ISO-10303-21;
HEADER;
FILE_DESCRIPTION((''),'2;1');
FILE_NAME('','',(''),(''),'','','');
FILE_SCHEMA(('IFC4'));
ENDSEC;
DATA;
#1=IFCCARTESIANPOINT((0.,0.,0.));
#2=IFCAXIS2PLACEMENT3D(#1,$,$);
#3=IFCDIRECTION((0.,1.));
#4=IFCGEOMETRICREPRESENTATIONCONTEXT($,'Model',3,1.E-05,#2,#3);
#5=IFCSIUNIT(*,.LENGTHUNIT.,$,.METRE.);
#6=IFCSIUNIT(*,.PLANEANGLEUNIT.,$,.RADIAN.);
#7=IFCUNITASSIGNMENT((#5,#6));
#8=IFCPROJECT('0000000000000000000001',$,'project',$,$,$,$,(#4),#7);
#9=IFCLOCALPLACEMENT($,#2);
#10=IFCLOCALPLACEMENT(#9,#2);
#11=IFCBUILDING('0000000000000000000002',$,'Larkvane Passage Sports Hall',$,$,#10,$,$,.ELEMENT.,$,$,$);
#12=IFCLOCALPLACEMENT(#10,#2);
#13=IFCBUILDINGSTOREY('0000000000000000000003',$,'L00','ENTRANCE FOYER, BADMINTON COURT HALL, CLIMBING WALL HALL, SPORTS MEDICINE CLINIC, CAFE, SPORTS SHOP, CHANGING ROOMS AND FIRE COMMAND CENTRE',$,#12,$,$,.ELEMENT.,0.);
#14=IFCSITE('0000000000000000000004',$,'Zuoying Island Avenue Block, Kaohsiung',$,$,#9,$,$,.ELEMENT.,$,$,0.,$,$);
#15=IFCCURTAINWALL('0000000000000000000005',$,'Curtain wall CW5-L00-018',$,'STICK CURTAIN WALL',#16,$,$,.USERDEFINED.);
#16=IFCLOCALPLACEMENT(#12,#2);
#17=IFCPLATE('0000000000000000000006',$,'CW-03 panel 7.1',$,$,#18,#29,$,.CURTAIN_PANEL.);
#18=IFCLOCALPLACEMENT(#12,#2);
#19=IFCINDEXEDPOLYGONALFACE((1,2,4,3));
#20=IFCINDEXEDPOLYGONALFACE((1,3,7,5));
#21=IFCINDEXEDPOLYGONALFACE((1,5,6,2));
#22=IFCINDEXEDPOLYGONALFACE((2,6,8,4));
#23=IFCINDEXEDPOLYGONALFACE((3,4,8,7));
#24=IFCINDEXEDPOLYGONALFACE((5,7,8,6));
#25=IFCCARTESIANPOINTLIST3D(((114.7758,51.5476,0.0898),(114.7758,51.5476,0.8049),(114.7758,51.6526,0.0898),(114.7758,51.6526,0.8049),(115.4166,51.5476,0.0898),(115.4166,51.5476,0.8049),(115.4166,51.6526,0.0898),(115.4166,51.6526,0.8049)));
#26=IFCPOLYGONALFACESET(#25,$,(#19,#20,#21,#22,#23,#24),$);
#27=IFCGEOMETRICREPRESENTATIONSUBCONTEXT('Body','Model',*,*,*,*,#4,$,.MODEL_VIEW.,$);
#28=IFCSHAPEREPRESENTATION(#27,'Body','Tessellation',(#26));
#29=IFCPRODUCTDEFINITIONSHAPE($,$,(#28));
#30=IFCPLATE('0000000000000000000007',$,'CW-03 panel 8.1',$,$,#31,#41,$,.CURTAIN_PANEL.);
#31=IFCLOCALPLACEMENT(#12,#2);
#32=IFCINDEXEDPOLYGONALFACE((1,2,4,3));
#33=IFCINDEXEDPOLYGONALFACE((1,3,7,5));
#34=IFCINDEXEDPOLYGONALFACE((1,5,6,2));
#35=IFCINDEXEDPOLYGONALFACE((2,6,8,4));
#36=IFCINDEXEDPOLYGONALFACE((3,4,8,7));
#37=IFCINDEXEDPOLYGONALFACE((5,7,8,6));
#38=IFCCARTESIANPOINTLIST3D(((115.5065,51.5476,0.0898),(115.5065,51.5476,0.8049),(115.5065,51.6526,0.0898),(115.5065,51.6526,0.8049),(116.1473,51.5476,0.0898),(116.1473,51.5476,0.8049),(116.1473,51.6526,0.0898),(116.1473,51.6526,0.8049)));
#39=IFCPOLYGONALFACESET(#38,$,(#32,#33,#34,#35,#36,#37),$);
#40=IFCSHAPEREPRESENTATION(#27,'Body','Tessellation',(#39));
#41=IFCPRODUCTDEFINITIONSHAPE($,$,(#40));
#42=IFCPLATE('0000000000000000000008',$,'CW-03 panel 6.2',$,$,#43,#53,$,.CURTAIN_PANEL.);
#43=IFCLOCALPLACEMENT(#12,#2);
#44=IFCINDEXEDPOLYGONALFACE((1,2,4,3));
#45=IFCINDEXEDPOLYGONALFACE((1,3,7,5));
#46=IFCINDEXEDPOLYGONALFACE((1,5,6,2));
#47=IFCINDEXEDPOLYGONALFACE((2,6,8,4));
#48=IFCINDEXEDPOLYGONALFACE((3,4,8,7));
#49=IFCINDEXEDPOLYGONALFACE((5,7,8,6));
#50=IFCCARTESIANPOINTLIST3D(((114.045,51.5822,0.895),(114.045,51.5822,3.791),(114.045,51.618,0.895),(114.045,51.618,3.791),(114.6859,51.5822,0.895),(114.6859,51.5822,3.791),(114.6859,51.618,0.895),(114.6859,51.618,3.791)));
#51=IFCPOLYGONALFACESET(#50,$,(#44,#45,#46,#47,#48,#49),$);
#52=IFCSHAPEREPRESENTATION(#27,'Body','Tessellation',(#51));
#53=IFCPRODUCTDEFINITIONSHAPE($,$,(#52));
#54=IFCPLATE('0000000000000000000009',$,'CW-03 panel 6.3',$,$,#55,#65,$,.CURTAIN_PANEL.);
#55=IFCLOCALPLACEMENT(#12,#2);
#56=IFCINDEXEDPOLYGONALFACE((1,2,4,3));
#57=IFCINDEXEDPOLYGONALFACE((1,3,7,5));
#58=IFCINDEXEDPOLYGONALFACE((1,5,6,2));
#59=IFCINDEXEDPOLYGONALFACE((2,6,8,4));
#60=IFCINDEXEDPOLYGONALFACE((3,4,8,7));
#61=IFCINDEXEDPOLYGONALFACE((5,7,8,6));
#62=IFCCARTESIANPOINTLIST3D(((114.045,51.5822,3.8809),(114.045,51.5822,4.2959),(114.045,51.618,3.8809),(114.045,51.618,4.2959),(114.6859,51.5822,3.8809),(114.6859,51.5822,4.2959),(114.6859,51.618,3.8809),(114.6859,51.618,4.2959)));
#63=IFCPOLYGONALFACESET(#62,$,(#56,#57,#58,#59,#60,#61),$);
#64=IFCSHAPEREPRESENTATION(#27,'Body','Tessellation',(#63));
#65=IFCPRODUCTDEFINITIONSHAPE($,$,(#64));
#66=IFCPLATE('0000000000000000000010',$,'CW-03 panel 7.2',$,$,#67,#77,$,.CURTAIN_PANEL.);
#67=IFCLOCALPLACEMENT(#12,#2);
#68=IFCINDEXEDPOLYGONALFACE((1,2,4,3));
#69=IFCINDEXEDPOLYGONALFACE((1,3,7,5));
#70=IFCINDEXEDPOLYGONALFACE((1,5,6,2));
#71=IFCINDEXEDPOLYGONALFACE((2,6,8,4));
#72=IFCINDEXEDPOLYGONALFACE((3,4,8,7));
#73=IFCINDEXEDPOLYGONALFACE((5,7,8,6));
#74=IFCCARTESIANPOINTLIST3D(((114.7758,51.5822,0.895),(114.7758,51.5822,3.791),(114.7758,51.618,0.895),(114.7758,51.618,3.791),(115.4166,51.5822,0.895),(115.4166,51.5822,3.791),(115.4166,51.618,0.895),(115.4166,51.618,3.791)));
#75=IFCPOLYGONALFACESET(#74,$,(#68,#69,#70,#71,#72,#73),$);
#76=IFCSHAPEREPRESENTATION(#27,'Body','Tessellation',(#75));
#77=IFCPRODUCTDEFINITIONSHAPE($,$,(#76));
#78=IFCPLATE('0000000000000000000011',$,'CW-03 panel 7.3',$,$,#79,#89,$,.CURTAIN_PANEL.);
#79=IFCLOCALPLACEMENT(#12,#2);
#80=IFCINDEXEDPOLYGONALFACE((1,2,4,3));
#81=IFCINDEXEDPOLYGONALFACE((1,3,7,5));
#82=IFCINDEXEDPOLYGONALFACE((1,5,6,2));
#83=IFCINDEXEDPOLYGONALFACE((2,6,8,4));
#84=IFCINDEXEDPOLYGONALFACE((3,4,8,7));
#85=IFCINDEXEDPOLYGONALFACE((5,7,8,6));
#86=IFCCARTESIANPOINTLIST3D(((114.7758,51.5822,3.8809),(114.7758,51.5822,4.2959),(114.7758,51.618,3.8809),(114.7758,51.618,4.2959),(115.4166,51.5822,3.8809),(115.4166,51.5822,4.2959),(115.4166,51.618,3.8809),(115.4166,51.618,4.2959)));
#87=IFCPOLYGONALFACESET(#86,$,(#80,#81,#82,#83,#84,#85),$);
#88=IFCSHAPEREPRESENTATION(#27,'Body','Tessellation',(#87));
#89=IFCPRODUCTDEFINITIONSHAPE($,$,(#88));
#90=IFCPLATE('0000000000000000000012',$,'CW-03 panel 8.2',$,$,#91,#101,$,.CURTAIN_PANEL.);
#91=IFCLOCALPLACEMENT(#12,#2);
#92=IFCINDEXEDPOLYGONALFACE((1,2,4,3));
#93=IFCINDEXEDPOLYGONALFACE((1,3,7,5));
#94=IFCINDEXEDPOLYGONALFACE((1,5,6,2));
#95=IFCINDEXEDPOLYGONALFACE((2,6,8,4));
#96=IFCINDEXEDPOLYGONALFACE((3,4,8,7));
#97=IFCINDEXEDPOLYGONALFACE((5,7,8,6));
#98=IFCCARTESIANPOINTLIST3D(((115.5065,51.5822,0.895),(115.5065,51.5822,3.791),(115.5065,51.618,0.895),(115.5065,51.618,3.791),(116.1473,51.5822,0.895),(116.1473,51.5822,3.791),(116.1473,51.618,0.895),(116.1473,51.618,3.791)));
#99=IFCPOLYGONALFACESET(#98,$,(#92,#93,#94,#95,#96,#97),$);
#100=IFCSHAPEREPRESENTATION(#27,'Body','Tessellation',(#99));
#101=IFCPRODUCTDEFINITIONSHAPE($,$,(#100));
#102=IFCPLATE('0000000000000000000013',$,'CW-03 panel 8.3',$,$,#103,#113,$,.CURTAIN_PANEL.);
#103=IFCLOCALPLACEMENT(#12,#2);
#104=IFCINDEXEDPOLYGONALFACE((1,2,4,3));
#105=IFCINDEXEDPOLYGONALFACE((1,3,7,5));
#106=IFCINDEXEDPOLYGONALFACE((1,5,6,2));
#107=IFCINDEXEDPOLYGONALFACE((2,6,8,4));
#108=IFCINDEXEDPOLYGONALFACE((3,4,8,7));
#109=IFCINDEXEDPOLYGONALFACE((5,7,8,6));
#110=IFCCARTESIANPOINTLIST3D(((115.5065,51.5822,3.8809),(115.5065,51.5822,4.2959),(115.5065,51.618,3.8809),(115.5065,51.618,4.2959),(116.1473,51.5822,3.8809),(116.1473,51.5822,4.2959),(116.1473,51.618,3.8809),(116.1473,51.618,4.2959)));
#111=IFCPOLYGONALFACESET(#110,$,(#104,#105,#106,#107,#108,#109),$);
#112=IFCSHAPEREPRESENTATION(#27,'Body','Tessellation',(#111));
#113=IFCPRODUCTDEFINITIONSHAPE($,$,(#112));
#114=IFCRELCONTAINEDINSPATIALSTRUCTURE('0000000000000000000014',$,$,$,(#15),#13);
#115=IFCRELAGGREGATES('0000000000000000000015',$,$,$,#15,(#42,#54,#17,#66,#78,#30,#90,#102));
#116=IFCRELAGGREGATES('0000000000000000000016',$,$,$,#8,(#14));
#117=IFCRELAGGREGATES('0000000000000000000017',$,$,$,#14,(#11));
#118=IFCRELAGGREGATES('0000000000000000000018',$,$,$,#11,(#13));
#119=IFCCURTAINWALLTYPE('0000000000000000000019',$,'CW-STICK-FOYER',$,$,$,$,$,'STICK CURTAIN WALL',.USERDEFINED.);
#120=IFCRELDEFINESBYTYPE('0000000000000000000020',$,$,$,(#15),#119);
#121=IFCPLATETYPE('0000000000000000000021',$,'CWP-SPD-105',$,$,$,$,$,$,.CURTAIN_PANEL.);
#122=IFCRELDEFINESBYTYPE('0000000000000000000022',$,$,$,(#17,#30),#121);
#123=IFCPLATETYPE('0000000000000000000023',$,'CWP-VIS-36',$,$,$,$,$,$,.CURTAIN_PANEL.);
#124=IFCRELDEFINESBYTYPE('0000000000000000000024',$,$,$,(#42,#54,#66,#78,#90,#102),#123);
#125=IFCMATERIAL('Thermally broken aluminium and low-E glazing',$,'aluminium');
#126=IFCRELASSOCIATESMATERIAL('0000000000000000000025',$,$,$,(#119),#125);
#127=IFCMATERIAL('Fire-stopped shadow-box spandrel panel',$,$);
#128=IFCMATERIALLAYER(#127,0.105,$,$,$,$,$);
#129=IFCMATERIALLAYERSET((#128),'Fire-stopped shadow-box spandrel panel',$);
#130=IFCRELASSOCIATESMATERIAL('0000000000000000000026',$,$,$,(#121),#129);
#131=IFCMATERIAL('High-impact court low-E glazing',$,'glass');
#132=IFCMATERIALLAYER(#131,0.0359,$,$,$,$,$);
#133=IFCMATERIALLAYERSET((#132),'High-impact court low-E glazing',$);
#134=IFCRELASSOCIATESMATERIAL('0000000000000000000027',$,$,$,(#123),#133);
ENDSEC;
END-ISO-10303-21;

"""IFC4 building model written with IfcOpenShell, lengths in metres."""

from ifc_helpers import new_model, si_unit, direction, frame, origin, origin_2d, place, context, subcontext, project, spatial, rectangle, extrude, material, layer, layer_set, type_object, element, aggregate, save


model = new_model("IFC4")

# Units and contexts
model_context = context("Model", 3, precision=1e-05, world=origin(), true_north=direction((0.0, 1.0)))
body_context = subcontext(model_context, "Body", "Model", "MODEL_VIEW")
ifc_project = project(units=[si_unit("LENGTHUNIT", "METRE"), si_unit("PLANEANGLEUNIT", "RADIAN")], contexts=[model_context])

# Site, building, storey
site_placement = place(None, origin())
site = spatial("IfcSite", under=ifc_project, at=site_placement, Name="Zuoying Island Avenue Block, Kaohsiung", CompositionType="ELEMENT", RefElevation=0.0)
building_placement = place(site_placement, origin())
building = spatial("IfcBuilding", under=site, at=building_placement, Name="Larkvane Passage Sports Hall", CompositionType="ELEMENT")
storey_placement = place(building_placement, origin())
storey = spatial("IfcBuildingStorey", under=building, at=storey_placement, Name="L00", Description="ENTRANCE FOYER, BADMINTON COURT HALL, CLIMBING WALL HALL, SPORTS MEDICINE CLINIC, CAFE, SPORTS SHOP, CHANGING ROOMS AND FIRE COMMAND CENTRE", CompositionType="ELEMENT", Elevation=0.0)

# Curtain wall, plates
ifc_material_1 = material(Name="Thermally broken aluminium and low-E glazing", Category="aluminium")
curtain_wall_type = type_object("IfcCurtainWallType", Name="CW-STICK-FOYER", ElementType="STICK CURTAIN WALL", PredefinedType="USERDEFINED", material=ifc_material_1)
curtain_wall_placement = place(storey_placement, origin())
curtain_wall = element("IfcCurtainWall", 1, at=curtain_wall_placement, inside=storey, type_object=curtain_wall_type, Name="Curtain wall CW5-L00-018", ObjectType="STICK CURTAIN WALL", PredefinedType="USERDEFINED")
ifc_material_2 = material(Name="Fire-stopped shadow-box spandrel panel")
ifc_layer_1 = layer(ifc_material_2, 0.105)
ifc_layer_set_1 = layer_set([ifc_layer_1], Name="Fire-stopped shadow-box spandrel panel")
plate_type_1 = type_object("IfcPlateType", Name="CWP-SPD-105", PredefinedType="CURTAIN_PANEL", material=ifc_layer_set_1)
plate_1_placement = place(storey_placement, frame((115.0962, 51.6001, 0.0898), z_axis=(0.0, 0.0, 1.0), x_axis=(1.0, 0.0, 0.0)))
plate_1 = element("IfcPlate", 2, at=plate_1_placement, type_object=plate_type_1, Name="CW-03 panel 7.1", PredefinedType="CURTAIN_PANEL", context=body_context, shape_type="SweptSolid", body=[
    extrude(rectangle(XDim=0.6409, YDim=0.105, at=origin_2d()), origin(), (0.0, 0.0, 1.0), 0.7151),
])
plate_2_placement = place(storey_placement, frame((115.8269, 51.6001, 0.0898), z_axis=(0.0, 0.0, 1.0), x_axis=(1.0, 0.0, 0.0)))
plate_2 = element("IfcPlate", 3, at=plate_2_placement, type_object=plate_type_1, Name="CW-03 panel 8.1", PredefinedType="CURTAIN_PANEL", context=body_context, shape_type="SweptSolid", body=[
    extrude(rectangle(XDim=0.6409, YDim=0.105, at=origin_2d()), origin(), (0.0, 0.0, 1.0), 0.7151),
])
ifc_material_3 = material(Name="High-impact court low-E glazing", Category="glass")
ifc_layer_2 = layer(ifc_material_3, 0.0359)
ifc_layer_set_2 = layer_set([ifc_layer_2], Name="High-impact court low-E glazing")
plate_type_2 = type_object("IfcPlateType", Name="CWP-VIS-36", PredefinedType="CURTAIN_PANEL", material=ifc_layer_set_2)
plate_3_placement = place(storey_placement, frame((114.3655, 51.6001, 0.895), z_axis=(0.0, 0.0, 1.0), x_axis=(1.0, 0.0, 0.0)))
plate_3 = element("IfcPlate", 4, at=plate_3_placement, type_object=plate_type_2, Name="CW-03 panel 6.2", PredefinedType="CURTAIN_PANEL", context=body_context, shape_type="SweptSolid", body=[
    extrude(rectangle(XDim=0.6409, YDim=0.0359, at=origin_2d()), origin(), (0.0, 0.0, 1.0), 2.896),
])
plate_4_placement = place(storey_placement, frame((114.3655, 51.6001, 3.8809), z_axis=(0.0, 0.0, 1.0), x_axis=(1.0, 0.0, 0.0)))
plate_4 = element("IfcPlate", 5, at=plate_4_placement, type_object=plate_type_2, Name="CW-03 panel 6.3", PredefinedType="CURTAIN_PANEL", context=body_context, shape_type="SweptSolid", body=[
    extrude(rectangle(XDim=0.6409, YDim=0.0359, at=origin_2d()), origin(), (0.0, 0.0, 1.0), 0.415),
])
plate_5_placement = place(storey_placement, frame((115.0962, 51.6001, 0.895), z_axis=(0.0, 0.0, 1.0), x_axis=(1.0, 0.0, 0.0)))
plate_5 = element("IfcPlate", 6, at=plate_5_placement, type_object=plate_type_2, Name="CW-03 panel 7.2", PredefinedType="CURTAIN_PANEL", context=body_context, shape_type="SweptSolid", body=[
    extrude(rectangle(XDim=0.6409, YDim=0.0359, at=origin_2d()), origin(), (0.0, 0.0, 1.0), 2.896),
])
plate_6_placement = place(storey_placement, frame((115.0962, 51.6001, 3.8809), z_axis=(0.0, 0.0, 1.0), x_axis=(1.0, 0.0, 0.0)))
plate_6 = element("IfcPlate", 7, at=plate_6_placement, type_object=plate_type_2, Name="CW-03 panel 7.3", PredefinedType="CURTAIN_PANEL", context=body_context, shape_type="SweptSolid", body=[
    extrude(rectangle(XDim=0.6409, YDim=0.0359, at=origin_2d()), origin(), (0.0, 0.0, 1.0), 0.415),
])
plate_7_placement = place(storey_placement, frame((115.8269, 51.6001, 0.895), z_axis=(0.0, 0.0, 1.0), x_axis=(1.0, 0.0, 0.0)))
plate_7 = element("IfcPlate", 8, at=plate_7_placement, type_object=plate_type_2, Name="CW-03 panel 8.2", PredefinedType="CURTAIN_PANEL", context=body_context, shape_type="SweptSolid", body=[
    extrude(rectangle(XDim=0.6409, YDim=0.0359, at=origin_2d()), origin(), (0.0, 0.0, 1.0), 2.896),
])
plate_8_placement = place(storey_placement, frame((115.8269, 51.6001, 3.8809), z_axis=(0.0, 0.0, 1.0), x_axis=(1.0, 0.0, 0.0)))
plate_8 = element("IfcPlate", 9, at=plate_8_placement, type_object=plate_type_2, Name="CW-03 panel 8.3", PredefinedType="CURTAIN_PANEL", context=body_context, shape_type="SweptSolid", body=[
    extrude(rectangle(XDim=0.6409, YDim=0.0359, at=origin_2d()), origin(), (0.0, 0.0, 1.0), 0.415),
])
aggregate(curtain_wall, [plate_3, plate_4, plate_1, plate_5, plate_6, plate_2, plate_7, plate_8])

save(model, "model.ifc")
